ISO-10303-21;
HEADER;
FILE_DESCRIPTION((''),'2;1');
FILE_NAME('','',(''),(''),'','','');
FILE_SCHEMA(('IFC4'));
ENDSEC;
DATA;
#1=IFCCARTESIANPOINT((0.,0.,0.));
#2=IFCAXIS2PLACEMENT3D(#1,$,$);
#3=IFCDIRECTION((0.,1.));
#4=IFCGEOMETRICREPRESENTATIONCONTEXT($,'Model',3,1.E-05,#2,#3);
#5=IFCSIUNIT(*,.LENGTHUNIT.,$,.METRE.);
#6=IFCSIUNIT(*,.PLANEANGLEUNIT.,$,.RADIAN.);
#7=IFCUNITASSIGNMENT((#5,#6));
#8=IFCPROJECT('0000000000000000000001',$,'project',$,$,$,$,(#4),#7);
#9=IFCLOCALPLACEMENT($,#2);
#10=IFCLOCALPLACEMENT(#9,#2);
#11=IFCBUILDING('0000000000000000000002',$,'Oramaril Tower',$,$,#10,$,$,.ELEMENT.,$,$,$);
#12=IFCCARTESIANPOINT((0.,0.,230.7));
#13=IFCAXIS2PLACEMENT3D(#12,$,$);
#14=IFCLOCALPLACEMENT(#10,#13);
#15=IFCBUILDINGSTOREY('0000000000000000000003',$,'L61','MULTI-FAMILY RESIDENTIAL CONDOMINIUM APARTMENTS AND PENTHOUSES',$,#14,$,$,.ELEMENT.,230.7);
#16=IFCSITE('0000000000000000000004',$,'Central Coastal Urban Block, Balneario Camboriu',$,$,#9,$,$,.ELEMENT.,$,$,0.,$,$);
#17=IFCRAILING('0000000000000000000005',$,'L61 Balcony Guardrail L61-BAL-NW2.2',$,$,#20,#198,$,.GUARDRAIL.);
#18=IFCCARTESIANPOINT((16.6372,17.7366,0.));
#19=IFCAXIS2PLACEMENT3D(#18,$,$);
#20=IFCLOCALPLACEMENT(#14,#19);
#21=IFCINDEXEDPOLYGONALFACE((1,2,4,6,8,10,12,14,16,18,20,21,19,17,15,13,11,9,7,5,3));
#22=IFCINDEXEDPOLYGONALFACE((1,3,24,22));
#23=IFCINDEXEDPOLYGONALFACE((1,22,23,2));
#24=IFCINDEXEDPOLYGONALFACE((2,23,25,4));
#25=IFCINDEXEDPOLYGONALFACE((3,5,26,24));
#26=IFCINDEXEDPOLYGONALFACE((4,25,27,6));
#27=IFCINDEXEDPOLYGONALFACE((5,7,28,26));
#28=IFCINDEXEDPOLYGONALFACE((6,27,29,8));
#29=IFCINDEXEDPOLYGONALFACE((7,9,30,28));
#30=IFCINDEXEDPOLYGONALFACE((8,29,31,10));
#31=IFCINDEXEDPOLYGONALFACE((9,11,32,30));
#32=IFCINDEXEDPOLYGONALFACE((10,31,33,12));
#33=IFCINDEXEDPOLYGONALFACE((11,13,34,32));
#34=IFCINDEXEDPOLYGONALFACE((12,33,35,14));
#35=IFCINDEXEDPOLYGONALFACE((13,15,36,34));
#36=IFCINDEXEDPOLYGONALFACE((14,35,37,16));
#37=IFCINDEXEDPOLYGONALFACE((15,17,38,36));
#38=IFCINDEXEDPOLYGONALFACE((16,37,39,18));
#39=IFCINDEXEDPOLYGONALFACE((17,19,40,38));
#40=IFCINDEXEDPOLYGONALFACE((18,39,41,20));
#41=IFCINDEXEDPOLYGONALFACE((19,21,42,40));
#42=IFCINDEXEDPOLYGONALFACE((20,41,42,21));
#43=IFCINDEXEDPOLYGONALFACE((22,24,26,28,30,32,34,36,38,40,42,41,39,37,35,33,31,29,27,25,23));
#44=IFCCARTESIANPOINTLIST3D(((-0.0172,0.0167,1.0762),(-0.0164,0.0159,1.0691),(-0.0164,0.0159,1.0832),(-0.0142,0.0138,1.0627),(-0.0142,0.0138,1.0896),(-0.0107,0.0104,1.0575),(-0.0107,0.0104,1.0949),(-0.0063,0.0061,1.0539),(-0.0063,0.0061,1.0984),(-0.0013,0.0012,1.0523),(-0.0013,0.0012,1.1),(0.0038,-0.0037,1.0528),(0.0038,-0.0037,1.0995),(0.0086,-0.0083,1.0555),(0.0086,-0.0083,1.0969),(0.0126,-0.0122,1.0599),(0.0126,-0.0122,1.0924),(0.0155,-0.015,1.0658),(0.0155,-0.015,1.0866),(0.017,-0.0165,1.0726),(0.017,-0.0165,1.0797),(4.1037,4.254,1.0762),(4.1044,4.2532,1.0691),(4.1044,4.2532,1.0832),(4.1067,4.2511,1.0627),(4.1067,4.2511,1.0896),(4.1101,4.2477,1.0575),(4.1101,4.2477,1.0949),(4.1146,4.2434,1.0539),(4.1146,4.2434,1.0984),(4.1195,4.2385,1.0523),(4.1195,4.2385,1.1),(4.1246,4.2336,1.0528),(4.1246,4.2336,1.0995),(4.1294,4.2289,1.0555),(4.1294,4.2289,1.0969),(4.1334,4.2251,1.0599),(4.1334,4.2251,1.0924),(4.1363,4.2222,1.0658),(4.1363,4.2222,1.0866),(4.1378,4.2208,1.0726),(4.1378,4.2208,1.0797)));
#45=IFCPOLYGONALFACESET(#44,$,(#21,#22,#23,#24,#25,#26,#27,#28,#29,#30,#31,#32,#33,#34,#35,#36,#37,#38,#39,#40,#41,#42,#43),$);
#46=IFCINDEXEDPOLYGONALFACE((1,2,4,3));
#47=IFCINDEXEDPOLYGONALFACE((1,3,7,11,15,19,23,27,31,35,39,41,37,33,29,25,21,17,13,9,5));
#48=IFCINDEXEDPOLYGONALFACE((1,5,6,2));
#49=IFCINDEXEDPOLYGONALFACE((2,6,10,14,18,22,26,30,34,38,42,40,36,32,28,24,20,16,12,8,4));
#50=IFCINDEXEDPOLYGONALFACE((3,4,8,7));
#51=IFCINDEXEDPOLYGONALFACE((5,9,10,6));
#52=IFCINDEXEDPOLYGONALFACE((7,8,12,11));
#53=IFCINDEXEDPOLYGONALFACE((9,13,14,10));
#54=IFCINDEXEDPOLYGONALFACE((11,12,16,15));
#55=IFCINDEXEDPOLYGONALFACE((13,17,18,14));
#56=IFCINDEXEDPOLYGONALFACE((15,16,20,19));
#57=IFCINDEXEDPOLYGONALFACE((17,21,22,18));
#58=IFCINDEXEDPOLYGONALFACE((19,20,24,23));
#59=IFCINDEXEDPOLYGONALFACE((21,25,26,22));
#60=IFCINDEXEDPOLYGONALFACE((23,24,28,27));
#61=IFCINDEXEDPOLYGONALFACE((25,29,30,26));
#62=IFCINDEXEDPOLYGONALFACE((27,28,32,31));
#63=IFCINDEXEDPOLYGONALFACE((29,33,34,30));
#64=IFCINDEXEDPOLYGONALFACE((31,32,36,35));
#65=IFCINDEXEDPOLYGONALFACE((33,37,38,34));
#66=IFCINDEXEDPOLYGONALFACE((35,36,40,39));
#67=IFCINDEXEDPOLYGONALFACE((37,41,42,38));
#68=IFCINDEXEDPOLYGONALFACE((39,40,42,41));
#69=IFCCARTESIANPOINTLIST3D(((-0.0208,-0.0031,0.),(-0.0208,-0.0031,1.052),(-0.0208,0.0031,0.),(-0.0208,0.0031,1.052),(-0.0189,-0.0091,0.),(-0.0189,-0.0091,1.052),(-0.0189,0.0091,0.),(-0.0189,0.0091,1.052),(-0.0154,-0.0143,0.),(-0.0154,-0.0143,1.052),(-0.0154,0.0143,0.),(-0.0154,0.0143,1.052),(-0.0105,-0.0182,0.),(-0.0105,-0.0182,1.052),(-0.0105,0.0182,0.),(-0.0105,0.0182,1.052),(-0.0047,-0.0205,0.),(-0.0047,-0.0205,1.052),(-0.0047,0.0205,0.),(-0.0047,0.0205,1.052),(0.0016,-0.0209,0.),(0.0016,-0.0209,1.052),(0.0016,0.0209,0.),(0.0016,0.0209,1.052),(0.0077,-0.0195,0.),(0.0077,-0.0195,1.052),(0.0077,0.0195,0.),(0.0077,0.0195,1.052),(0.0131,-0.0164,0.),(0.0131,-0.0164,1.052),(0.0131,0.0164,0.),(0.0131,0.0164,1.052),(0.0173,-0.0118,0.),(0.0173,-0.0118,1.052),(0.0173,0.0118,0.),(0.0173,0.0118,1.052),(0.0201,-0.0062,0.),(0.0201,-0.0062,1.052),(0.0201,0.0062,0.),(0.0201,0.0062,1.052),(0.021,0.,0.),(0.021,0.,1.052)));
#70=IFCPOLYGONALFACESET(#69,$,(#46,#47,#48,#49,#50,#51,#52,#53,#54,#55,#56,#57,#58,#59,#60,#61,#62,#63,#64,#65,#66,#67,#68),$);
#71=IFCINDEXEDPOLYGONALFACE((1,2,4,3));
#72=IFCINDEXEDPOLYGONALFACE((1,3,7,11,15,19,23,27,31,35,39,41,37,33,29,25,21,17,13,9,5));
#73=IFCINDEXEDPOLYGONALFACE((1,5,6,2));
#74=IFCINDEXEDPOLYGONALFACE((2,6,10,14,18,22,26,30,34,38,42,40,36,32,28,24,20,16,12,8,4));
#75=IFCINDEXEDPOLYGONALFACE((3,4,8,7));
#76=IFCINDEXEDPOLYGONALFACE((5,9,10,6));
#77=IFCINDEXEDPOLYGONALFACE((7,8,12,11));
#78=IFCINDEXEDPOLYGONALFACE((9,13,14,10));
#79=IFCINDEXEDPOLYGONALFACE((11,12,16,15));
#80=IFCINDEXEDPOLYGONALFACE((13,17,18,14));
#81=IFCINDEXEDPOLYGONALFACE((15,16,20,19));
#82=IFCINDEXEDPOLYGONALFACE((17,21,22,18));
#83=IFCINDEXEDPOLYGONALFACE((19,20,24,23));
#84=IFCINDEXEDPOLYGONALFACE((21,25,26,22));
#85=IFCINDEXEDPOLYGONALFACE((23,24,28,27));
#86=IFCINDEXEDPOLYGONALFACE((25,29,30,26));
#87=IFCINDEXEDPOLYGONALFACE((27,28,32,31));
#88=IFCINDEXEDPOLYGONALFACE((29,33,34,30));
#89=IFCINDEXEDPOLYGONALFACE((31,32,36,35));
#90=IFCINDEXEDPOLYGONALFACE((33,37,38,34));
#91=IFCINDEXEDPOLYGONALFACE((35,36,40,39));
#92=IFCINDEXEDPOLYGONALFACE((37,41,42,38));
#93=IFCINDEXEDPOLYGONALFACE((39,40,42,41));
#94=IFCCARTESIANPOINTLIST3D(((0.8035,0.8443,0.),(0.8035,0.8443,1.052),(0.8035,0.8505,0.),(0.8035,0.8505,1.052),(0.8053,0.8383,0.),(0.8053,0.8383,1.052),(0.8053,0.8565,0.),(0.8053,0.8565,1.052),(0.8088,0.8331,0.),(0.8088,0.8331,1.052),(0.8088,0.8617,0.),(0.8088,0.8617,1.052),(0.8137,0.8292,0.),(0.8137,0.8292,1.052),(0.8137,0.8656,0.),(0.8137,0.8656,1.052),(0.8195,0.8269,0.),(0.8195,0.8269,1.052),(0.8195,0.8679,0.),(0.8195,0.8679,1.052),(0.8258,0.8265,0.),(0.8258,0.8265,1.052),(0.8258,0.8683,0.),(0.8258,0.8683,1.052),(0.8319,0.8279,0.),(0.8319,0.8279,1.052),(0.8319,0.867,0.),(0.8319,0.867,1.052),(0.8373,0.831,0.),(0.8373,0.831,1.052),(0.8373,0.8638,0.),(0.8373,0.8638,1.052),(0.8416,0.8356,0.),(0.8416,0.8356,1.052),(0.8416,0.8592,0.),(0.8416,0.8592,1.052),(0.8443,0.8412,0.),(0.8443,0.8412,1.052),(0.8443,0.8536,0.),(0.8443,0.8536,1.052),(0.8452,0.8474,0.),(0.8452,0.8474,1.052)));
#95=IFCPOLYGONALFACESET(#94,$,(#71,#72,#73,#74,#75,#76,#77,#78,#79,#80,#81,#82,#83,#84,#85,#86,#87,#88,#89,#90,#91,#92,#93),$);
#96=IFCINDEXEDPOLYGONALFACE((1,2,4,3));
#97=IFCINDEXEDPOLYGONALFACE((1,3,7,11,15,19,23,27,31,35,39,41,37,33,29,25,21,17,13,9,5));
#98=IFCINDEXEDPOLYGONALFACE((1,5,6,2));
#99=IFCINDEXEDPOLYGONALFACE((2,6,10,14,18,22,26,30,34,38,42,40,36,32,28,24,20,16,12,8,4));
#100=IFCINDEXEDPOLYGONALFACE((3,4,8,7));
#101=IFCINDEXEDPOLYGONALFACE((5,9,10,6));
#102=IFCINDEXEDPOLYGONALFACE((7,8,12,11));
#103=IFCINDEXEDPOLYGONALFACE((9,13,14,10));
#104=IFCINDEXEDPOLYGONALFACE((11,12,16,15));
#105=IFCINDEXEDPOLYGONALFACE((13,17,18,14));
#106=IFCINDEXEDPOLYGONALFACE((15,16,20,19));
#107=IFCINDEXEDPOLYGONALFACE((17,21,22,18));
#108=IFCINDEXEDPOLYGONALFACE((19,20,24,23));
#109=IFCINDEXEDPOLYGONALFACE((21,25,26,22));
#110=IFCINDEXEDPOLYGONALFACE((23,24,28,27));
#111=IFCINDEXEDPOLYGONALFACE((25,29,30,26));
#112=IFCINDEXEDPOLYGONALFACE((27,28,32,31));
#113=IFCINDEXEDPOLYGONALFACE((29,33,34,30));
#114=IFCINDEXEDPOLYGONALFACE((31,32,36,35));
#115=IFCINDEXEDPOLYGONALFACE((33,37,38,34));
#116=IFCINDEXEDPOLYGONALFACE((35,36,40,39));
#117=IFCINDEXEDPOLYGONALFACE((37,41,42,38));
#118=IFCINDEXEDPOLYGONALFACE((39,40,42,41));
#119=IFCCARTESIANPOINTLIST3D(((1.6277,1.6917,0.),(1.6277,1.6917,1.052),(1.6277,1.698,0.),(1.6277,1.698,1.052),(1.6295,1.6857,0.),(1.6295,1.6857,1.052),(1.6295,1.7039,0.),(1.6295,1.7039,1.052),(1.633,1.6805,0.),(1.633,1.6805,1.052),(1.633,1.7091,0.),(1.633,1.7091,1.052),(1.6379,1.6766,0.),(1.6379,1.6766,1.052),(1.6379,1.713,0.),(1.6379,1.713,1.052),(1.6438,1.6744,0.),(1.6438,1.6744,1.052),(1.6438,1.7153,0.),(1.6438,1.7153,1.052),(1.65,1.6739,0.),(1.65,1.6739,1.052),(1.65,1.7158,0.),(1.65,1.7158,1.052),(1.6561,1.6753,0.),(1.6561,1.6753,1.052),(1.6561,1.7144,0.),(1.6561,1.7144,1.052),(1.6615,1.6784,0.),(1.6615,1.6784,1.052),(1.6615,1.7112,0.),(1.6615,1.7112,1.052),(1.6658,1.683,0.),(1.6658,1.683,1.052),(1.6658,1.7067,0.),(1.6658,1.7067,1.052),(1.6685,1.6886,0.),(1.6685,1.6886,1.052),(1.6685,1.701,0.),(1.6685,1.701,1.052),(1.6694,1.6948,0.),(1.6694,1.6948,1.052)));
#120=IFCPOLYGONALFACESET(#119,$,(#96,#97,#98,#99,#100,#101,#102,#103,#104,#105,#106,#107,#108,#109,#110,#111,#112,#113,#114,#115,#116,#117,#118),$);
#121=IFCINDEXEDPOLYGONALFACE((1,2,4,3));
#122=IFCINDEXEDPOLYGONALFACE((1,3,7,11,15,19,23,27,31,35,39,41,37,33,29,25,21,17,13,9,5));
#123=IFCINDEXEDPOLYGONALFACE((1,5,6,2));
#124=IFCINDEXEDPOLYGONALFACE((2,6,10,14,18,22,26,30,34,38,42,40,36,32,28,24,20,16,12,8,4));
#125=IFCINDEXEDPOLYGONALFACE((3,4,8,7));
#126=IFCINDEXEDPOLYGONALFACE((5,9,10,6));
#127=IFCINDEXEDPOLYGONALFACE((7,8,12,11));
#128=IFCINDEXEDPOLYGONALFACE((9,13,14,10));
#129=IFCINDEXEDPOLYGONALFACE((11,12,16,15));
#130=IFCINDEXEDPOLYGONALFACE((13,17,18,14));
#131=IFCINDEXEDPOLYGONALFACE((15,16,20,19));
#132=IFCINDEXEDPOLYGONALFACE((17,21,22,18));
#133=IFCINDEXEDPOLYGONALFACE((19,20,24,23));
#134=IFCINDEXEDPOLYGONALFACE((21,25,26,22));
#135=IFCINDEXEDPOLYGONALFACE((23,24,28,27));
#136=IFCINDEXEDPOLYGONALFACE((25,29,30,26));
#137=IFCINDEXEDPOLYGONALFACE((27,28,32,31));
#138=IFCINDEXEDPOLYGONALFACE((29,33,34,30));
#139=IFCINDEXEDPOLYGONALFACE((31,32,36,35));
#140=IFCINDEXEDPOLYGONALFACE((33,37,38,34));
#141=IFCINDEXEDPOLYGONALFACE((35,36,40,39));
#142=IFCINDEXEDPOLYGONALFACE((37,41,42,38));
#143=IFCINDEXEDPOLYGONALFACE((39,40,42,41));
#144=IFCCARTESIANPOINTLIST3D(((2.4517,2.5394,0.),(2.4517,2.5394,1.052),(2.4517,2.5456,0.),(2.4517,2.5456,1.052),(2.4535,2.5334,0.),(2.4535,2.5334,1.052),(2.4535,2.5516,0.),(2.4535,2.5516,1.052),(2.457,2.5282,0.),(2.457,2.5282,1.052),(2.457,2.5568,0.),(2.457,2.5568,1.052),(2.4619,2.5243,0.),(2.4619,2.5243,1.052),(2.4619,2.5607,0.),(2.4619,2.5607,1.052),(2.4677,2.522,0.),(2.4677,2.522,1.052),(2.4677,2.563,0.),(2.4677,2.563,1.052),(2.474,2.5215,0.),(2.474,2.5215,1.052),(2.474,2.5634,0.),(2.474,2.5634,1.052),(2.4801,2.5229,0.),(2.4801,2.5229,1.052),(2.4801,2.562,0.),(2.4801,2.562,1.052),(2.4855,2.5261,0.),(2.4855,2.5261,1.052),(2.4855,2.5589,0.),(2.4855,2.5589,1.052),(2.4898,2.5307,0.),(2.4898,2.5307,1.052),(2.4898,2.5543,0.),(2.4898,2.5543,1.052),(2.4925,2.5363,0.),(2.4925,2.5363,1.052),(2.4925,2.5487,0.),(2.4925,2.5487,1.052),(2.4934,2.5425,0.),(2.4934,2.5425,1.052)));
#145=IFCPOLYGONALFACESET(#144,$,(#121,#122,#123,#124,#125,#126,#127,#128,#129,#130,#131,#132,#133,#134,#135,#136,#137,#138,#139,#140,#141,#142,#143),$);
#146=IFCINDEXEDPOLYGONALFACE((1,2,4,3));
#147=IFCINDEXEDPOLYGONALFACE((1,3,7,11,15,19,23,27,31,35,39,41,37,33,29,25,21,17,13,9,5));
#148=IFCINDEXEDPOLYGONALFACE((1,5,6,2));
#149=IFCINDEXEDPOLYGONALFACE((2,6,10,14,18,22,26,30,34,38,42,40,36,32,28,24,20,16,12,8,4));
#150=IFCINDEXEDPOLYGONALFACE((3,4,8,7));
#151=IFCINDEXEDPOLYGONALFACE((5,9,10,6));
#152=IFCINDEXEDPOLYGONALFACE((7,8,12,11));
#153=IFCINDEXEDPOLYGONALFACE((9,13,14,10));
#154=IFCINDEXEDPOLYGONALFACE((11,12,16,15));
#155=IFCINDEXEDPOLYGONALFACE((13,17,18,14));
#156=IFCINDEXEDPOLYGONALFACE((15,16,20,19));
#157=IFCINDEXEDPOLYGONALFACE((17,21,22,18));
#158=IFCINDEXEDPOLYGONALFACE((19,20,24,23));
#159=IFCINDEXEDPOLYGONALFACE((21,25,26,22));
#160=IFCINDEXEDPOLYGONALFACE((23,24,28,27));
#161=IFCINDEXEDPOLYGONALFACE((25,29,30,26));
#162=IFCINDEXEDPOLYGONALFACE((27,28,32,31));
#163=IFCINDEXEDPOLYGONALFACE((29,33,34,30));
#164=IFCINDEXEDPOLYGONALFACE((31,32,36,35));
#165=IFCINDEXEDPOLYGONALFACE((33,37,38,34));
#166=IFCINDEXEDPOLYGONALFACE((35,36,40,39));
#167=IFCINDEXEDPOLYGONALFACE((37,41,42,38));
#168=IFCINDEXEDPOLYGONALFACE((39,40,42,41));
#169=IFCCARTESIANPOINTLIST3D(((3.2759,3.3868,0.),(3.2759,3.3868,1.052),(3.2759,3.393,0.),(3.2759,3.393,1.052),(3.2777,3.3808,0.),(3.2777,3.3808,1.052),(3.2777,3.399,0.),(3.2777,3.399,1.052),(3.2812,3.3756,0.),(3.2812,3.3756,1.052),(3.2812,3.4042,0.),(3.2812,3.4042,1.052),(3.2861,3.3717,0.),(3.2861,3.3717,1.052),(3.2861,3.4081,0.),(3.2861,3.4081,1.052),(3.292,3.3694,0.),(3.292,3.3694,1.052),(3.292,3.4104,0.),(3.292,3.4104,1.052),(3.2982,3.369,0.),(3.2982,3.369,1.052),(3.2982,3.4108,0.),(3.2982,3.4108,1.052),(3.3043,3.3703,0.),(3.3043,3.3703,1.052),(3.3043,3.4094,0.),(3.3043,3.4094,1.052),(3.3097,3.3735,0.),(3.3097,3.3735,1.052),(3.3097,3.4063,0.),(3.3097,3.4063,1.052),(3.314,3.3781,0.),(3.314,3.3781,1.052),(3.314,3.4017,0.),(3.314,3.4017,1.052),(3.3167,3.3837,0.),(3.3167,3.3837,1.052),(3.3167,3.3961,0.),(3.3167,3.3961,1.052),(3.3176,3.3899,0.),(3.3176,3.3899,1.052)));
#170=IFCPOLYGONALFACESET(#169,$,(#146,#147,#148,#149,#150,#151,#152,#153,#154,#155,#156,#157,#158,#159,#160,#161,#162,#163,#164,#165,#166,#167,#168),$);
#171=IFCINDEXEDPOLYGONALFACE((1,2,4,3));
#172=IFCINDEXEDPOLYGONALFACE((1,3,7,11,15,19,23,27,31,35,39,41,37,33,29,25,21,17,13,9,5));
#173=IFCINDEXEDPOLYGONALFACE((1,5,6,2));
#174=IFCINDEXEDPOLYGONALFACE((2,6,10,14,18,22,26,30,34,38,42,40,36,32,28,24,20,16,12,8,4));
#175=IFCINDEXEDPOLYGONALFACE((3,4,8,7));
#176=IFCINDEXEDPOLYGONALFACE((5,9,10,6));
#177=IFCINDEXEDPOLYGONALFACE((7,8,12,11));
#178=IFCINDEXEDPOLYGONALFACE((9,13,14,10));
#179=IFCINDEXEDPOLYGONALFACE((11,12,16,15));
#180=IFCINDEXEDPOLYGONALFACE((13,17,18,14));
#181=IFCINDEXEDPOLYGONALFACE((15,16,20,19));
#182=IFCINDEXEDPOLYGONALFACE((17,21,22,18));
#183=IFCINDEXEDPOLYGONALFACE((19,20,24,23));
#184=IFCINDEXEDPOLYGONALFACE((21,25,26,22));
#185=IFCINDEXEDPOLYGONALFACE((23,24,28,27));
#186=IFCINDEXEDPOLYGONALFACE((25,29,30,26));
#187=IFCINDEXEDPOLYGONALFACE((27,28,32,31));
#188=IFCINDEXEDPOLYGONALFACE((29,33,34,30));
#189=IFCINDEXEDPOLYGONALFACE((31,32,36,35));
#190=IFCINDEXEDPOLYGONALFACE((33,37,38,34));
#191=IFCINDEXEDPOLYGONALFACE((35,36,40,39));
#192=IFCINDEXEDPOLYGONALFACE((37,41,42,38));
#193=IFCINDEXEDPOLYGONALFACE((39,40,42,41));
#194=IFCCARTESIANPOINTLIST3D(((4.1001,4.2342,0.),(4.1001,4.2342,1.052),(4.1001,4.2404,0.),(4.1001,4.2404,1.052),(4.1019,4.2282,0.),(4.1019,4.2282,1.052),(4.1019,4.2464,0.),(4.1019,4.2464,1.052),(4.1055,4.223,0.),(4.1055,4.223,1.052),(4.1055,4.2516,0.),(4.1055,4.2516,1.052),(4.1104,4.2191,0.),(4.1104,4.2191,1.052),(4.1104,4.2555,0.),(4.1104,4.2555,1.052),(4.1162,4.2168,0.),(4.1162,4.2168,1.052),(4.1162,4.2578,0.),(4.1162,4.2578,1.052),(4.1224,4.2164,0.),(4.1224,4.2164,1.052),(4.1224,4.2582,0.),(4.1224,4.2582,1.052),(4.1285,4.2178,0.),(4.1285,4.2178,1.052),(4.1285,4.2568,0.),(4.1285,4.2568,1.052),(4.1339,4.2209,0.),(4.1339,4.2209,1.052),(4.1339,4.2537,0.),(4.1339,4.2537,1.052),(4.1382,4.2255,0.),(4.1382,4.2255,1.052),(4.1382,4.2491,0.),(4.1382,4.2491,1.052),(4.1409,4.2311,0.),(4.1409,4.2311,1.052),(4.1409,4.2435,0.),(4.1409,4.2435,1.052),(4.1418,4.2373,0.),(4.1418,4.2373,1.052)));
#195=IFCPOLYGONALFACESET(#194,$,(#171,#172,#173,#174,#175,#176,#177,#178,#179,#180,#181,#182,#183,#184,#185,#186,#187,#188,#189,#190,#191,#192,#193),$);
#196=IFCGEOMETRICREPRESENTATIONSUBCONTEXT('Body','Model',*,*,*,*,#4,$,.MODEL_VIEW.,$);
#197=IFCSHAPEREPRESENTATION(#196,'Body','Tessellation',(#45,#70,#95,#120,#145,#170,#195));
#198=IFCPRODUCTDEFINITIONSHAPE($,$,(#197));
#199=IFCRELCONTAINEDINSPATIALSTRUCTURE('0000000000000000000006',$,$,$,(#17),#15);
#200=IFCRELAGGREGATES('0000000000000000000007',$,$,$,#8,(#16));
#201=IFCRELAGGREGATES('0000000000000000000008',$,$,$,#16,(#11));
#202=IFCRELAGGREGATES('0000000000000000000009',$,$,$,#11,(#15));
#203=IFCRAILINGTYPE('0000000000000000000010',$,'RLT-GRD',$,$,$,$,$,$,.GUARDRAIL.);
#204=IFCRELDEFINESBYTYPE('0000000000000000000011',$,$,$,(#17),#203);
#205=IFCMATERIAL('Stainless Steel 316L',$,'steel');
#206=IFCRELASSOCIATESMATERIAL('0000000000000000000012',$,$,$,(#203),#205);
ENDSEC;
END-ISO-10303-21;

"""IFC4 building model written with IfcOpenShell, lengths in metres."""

from ifc_helpers import new_model, si_unit, direction, frame, origin, origin_2d, place, context, subcontext, project, spatial, circle, extrude, material, type_object, element, save


model = new_model("IFC4")

# Units and contexts
model_context = context("Model", 3, precision=1e-05, world=origin(), true_north=direction((0.0, 1.0)))
body_context = subcontext(model_context, "Body", "Model", "MODEL_VIEW")
ifc_project = project(units=[si_unit("LENGTHUNIT", "METRE"), si_unit("PLANEANGLEUNIT", "RADIAN")], contexts=[model_context])

# Site, building, storey
site_placement = place(None, origin())
site = spatial("IfcSite", under=ifc_project, at=site_placement, Name="Central Coastal Urban Block, Balneario Camboriu", CompositionType="ELEMENT", RefElevation=0.0)
building_placement = place(site_placement, origin())
building = spatial("IfcBuilding", under=site, at=building_placement, Name="Oramaril Tower", CompositionType="ELEMENT")
storey_placement = place(building_placement, frame((0.0, 0.0, 230.7)))
storey = spatial("IfcBuildingStorey", under=building, at=storey_placement, Name="L61", Description="MULTI-FAMILY RESIDENTIAL CONDOMINIUM APARTMENTS AND PENTHOUSES", CompositionType="ELEMENT", Elevation=230.7)

# Railing
ifc_material_1 = material(Name="Stainless Steel 316L", Category="steel")
railing_type = type_object("IfcRailingType", Name="RLT-GRD", PredefinedType="GUARDRAIL", material=ifc_material_1)
railing_1_placement = place(storey_placement, frame((16.6372, 17.7366, 0.0)))
element("IfcRailing", 1, at=railing_1_placement, inside=storey, type_object=railing_type, Name="L61 Balcony Guardrail L61-BAL-NW2.2", PredefinedType="GUARDRAIL", context=body_context, shape_type="SweptSolid", body=[
    extrude(circle(Radius=0.0239, at=origin_2d()), frame((0.0, 0.0, 1.0762), z_axis=(0.697187, 0.716889, 0.0), x_axis=(-0.716889, 0.697187, 0.0)), (0.0, 0.0, 1.0), 5.9106),
    extrude(circle(Radius=0.021, at=origin_2d()), origin(), (0.0, 0.0, 1.0), 1.052),
    extrude(circle(Radius=0.021, at=origin_2d()), frame((0.8242, 0.8474, 0.0)), (0.0, 0.0, 1.0), 1.052),
    extrude(circle(Radius=0.021, at=origin_2d()), frame((1.6484, 1.6948, 0.0)), (0.0, 0.0, 1.0), 1.052),
    extrude(circle(Radius=0.021, at=origin_2d()), frame((2.4724, 2.5425, 0.0)), (0.0, 0.0, 1.0), 1.052),
    extrude(circle(Radius=0.021, at=origin_2d()), frame((3.2966, 3.3899, 0.0)), (0.0, 0.0, 1.0), 1.052),
    extrude(circle(Radius=0.021, at=origin_2d()), frame((4.1208, 4.2373, 0.0)), (0.0, 0.0, 1.0), 1.052),
])

save(model, "model.ifc")
